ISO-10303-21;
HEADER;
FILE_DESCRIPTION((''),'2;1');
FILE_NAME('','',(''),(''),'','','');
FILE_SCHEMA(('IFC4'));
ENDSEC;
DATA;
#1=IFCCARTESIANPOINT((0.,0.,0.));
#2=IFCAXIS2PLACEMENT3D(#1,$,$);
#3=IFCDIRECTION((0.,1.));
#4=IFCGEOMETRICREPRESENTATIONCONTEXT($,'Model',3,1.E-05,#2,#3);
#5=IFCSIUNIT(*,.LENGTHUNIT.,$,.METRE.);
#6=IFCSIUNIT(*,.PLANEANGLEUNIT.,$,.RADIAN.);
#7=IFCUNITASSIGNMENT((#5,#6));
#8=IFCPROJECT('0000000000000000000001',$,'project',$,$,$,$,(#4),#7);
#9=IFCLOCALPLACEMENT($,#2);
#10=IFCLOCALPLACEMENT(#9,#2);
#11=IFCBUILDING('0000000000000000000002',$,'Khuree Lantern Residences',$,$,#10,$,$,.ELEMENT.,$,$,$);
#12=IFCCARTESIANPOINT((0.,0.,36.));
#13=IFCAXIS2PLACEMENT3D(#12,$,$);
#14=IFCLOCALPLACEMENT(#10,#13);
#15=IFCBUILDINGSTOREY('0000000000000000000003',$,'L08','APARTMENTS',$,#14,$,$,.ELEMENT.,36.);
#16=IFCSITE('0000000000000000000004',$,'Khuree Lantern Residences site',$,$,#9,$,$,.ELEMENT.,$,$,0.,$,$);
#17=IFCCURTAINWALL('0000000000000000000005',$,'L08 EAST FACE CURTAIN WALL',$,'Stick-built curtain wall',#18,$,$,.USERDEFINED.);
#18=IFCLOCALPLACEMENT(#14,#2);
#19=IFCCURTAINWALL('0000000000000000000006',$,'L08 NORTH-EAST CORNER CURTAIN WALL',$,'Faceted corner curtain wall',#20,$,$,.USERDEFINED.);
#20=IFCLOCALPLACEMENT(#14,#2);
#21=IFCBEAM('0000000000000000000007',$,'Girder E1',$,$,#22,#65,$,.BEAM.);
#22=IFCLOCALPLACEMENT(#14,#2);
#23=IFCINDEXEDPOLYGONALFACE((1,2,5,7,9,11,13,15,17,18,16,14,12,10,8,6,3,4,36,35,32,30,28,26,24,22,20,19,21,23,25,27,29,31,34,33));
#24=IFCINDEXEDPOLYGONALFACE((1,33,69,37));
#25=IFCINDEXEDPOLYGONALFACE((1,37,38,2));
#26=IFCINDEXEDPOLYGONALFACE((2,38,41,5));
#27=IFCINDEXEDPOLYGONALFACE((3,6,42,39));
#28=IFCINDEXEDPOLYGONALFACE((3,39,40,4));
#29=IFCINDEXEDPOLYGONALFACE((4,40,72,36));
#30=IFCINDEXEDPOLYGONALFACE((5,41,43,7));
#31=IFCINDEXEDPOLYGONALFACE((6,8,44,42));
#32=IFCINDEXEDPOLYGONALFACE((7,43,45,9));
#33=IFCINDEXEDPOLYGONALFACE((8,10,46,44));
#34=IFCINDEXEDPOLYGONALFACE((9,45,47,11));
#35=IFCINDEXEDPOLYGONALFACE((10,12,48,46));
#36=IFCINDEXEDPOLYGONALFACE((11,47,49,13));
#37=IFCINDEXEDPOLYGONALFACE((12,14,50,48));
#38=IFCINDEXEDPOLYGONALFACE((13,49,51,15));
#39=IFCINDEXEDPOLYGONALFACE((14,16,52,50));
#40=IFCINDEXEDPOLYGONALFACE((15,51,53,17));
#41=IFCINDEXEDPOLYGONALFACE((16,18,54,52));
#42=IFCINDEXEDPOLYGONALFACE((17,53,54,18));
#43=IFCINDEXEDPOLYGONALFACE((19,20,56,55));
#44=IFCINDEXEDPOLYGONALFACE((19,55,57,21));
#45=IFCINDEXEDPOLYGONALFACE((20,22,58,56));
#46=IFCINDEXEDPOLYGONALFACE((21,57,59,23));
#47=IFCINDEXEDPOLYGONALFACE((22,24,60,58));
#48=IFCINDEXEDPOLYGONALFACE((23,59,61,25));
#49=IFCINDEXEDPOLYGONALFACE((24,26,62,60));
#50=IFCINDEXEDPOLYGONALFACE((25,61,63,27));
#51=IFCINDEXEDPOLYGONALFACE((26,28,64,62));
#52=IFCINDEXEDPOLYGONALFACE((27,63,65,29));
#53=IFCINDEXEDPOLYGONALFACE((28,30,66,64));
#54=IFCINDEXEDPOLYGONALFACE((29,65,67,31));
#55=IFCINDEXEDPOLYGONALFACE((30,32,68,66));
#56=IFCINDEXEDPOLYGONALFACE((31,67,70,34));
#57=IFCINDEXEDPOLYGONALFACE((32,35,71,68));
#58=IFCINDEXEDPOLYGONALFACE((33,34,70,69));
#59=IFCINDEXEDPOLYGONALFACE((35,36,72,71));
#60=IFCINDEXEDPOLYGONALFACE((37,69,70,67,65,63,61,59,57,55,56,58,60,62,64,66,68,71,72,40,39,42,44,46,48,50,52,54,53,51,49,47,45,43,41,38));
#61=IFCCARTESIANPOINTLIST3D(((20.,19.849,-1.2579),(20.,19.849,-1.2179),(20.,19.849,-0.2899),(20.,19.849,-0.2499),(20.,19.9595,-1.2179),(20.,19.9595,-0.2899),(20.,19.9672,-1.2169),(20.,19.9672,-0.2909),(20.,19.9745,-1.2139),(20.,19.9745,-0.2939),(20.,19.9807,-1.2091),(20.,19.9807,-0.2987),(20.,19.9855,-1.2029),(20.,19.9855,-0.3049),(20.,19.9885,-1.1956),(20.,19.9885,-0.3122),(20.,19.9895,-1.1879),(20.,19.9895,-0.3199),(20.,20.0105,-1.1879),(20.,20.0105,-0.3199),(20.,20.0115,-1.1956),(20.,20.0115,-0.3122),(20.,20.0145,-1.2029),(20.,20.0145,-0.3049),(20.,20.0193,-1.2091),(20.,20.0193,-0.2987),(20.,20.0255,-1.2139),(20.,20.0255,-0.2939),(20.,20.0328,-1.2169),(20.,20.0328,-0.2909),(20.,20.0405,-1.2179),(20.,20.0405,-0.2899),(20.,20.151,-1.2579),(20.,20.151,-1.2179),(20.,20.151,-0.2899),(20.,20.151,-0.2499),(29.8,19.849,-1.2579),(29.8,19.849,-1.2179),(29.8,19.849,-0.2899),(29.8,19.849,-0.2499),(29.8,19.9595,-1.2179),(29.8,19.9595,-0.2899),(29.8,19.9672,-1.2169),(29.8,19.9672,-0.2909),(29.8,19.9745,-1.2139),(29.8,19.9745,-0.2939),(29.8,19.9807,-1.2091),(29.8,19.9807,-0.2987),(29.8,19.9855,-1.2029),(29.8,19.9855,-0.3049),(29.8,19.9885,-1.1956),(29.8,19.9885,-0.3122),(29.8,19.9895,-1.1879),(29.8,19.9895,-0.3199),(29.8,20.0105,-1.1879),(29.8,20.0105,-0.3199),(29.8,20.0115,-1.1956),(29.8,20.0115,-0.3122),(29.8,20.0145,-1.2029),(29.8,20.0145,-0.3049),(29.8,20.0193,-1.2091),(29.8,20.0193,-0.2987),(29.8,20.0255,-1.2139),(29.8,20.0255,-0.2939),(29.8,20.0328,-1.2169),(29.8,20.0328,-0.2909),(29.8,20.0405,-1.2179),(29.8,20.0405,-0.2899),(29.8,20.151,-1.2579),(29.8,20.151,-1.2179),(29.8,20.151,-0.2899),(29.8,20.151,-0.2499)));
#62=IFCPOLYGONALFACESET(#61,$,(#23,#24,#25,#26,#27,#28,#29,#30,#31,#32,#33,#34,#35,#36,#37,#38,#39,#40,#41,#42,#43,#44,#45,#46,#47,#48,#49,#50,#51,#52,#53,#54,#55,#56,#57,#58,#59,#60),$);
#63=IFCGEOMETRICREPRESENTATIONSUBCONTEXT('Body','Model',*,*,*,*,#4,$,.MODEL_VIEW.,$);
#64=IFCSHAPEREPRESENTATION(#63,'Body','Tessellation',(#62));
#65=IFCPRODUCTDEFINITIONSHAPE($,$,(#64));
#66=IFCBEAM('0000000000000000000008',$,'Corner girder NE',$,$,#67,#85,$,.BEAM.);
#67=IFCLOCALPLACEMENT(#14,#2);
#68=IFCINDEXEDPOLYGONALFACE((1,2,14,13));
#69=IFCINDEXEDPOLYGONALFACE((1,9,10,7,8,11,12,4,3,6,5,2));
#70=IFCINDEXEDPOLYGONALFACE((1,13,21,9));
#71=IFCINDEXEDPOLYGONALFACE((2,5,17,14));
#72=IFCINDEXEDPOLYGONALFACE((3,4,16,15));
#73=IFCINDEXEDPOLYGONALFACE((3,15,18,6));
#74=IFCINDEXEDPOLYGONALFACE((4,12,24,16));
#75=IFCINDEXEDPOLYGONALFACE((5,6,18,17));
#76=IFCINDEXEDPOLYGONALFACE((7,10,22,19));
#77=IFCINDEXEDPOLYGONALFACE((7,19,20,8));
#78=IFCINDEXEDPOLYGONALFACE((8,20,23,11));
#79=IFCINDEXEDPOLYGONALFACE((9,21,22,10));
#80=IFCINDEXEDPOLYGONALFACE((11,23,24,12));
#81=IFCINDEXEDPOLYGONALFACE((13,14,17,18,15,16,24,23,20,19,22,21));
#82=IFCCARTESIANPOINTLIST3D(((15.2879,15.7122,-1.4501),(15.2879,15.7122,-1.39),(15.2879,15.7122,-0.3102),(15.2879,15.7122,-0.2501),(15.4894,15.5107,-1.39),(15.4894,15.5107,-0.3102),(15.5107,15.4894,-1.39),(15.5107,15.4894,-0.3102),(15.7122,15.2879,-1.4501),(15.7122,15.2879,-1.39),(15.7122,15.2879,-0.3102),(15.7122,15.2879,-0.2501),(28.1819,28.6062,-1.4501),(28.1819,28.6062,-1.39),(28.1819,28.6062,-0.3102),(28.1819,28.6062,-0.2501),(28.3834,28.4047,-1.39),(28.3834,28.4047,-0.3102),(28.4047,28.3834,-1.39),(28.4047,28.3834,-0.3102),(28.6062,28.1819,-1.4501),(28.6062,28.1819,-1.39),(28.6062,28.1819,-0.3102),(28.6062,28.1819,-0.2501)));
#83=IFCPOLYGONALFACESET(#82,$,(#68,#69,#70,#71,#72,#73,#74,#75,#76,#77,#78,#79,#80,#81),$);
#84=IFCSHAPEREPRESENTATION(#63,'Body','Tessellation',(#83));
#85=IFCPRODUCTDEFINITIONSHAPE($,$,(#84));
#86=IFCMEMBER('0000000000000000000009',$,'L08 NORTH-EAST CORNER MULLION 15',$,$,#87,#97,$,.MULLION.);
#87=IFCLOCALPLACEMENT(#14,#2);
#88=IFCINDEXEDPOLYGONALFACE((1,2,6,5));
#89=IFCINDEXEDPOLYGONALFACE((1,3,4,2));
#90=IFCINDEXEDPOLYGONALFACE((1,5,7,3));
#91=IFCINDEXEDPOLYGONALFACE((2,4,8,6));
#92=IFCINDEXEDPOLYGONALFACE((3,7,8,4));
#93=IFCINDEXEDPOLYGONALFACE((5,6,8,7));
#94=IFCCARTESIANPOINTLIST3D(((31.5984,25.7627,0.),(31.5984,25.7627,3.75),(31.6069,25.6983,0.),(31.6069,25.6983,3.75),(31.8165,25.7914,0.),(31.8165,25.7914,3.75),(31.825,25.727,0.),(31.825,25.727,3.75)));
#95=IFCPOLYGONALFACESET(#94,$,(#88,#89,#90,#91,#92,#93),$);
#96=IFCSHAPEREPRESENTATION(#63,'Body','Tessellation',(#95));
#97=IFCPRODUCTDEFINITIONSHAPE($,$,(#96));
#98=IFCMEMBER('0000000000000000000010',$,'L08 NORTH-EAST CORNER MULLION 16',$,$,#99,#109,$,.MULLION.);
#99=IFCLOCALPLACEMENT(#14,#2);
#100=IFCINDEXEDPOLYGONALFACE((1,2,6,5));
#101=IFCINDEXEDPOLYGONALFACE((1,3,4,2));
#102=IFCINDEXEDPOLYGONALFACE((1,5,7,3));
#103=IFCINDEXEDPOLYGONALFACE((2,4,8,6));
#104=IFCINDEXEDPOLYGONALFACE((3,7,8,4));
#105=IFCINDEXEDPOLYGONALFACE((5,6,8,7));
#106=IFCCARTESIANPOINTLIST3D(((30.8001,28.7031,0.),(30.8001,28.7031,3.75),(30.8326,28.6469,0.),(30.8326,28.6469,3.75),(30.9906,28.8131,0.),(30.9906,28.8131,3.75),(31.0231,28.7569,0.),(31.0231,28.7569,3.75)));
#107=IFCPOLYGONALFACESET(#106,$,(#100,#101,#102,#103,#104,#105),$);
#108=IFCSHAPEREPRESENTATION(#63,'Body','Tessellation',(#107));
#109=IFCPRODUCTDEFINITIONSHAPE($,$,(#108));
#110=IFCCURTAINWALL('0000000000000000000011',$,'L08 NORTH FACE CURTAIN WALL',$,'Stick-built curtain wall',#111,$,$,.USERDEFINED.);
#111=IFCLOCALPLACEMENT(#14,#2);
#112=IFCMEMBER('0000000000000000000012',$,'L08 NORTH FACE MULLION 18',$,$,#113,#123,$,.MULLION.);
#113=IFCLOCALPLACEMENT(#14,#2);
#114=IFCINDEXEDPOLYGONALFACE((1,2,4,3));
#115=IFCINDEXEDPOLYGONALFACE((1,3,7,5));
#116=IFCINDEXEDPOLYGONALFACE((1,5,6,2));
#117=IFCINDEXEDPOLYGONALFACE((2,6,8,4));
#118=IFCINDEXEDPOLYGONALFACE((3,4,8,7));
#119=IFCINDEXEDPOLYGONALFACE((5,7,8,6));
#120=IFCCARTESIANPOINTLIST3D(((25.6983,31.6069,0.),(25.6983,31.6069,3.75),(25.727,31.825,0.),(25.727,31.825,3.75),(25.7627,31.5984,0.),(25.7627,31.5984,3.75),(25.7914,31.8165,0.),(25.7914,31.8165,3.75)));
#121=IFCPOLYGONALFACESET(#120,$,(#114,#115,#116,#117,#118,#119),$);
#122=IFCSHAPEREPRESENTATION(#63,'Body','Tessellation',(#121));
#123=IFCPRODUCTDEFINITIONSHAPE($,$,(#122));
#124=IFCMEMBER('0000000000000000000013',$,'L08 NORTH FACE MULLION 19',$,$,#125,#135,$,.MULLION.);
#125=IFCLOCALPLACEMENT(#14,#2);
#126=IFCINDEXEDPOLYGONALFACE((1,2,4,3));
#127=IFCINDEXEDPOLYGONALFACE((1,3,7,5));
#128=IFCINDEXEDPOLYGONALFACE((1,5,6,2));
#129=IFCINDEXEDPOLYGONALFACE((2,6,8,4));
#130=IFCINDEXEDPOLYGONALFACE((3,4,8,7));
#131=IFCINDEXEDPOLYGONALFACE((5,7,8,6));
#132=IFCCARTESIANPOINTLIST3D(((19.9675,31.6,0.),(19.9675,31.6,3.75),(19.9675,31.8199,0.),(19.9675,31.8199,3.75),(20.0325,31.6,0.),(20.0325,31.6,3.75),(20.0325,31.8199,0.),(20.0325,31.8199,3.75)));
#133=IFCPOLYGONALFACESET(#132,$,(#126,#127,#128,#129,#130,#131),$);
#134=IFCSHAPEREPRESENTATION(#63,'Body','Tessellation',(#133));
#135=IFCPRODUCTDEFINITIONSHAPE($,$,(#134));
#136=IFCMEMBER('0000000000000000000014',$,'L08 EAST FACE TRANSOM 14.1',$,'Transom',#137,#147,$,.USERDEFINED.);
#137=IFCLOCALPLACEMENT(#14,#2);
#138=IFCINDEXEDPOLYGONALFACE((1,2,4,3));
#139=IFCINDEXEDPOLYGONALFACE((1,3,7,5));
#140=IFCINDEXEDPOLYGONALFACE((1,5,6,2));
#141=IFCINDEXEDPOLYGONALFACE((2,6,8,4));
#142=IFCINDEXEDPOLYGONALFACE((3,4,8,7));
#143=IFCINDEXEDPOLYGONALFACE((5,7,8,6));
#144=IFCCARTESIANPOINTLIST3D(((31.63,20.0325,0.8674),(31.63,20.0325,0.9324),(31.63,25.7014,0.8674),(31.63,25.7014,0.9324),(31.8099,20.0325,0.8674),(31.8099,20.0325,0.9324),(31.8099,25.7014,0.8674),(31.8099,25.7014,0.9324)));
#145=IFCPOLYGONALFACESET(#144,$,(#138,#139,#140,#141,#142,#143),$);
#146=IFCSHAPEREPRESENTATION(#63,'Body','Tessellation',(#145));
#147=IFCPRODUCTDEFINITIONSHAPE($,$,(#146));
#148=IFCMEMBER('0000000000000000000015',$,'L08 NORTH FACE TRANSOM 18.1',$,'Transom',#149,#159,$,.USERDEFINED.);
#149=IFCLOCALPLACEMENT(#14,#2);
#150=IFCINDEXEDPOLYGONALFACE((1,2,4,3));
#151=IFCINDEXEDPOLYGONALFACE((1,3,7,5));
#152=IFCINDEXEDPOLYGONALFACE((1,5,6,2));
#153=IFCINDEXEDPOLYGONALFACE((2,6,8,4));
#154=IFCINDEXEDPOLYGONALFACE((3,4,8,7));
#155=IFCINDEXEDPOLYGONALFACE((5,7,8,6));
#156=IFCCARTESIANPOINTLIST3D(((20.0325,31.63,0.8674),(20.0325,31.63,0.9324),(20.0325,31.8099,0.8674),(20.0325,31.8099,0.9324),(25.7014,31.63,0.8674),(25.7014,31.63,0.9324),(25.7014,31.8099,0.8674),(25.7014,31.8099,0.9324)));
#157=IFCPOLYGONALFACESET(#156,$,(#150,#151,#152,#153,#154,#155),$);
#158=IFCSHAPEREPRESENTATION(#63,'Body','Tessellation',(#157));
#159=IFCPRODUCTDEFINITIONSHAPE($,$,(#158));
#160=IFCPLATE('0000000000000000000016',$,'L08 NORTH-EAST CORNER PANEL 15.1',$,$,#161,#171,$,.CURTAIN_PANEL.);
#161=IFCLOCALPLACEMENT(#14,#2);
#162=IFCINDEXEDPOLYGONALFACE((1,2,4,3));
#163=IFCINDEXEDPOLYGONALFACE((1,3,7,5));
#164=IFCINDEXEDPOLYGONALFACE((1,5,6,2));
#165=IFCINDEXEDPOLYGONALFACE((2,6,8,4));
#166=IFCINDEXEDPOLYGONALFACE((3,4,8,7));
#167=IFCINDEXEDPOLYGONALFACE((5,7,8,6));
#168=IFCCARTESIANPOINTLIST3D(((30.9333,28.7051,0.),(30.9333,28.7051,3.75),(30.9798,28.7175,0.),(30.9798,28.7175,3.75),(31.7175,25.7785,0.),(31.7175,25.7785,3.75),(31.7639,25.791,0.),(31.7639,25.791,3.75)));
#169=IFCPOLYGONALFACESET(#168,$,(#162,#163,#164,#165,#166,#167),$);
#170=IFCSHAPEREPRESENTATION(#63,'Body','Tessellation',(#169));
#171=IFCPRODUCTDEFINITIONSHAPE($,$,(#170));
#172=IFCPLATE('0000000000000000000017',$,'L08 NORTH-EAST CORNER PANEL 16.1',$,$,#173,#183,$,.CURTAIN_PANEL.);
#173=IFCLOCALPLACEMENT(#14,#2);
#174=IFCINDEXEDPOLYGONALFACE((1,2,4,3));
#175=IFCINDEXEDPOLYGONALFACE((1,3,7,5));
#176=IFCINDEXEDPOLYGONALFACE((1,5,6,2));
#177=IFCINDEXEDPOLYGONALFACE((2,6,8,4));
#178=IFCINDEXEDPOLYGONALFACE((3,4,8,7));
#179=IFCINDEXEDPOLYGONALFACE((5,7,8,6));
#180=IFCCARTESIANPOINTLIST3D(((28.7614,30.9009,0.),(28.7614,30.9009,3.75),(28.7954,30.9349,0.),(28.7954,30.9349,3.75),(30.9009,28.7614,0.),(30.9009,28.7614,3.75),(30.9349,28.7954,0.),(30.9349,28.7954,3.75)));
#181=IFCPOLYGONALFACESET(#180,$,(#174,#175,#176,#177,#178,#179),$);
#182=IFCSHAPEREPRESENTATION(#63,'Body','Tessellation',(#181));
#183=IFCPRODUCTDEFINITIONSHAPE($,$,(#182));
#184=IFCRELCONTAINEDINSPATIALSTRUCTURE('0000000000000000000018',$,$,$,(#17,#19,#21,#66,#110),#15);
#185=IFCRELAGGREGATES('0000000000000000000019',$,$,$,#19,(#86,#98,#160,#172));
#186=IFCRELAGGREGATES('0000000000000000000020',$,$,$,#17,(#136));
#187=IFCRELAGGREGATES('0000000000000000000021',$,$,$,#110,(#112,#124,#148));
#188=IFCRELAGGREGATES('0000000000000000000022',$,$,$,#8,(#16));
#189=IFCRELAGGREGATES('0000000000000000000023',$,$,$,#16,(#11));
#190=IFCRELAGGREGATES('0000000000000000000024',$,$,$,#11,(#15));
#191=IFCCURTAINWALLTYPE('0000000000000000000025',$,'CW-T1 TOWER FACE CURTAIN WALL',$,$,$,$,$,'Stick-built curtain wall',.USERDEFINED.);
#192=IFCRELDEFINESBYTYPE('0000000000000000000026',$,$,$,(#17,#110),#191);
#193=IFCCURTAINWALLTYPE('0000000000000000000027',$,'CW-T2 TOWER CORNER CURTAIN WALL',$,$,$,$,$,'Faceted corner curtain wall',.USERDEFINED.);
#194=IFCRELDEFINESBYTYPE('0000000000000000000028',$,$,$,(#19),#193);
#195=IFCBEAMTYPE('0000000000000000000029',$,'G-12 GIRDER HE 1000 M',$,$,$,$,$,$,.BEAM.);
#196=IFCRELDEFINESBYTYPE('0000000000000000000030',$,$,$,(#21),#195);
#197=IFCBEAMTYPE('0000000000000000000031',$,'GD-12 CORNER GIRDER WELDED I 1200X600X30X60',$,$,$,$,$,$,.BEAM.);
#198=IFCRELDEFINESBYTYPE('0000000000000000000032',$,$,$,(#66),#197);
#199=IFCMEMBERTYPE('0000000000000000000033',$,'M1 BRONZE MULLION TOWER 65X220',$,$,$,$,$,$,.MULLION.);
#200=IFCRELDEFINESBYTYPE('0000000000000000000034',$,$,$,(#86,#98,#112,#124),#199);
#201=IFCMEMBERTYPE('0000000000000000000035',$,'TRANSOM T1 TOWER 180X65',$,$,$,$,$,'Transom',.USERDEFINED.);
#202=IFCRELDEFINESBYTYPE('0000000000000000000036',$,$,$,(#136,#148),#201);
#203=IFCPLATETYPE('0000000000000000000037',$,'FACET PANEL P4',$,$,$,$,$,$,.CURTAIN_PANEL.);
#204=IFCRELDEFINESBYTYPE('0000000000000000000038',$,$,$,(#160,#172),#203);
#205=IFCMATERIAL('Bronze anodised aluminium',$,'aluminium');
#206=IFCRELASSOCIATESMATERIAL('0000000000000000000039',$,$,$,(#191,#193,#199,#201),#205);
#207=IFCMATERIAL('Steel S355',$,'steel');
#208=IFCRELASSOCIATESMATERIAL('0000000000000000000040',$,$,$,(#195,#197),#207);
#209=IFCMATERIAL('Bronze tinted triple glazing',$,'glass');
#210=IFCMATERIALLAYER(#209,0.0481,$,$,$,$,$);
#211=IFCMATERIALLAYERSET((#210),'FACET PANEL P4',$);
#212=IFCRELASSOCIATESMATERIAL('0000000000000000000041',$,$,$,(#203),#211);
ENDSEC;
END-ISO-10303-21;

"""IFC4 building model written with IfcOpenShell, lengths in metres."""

from ifc_helpers import new_model, si_unit, direction, frame, origin, origin_2d, place, context, subcontext, project, spatial, rectangle, i_section, extrude, material, layer, layer_set, material_profile, profile_set, type_object, element, aggregate, save


model = new_model("IFC4")

# Units and contexts
model_context = context("Model", 3, precision=1e-05, world=origin(), true_north=direction((0.0, 1.0)))
body_context = subcontext(model_context, "Body", "Model", "MODEL_VIEW")
ifc_project = project(units=[si_unit("LENGTHUNIT", "METRE"), si_unit("PLANEANGLEUNIT", "RADIAN")], contexts=[model_context])

# Site, building, storey
site_placement = place(None, origin())
site = spatial("IfcSite", under=ifc_project, at=site_placement, Name="Khuree Lantern Residences site", CompositionType="ELEMENT", RefElevation=0.0)
building_placement = place(site_placement, origin())
building = spatial("IfcBuilding", under=site, at=building_placement, Name="Khuree Lantern Residences", CompositionType="ELEMENT")
storey_placement = place(building_placement, frame((0.0, 0.0, 36.0)))
storey = spatial("IfcBuildingStorey", under=building, at=storey_placement, Name="L08", Description="APARTMENTS", CompositionType="ELEMENT", Elevation=36.0)

# Shared definitions
ifc_material_1 = material(Name="Steel S355", Category="steel")

# Curtain walls
ifc_material_2 = material(Name="Bronze anodised aluminium", Category="aluminium")
curtain_wall_type_1 = type_object("IfcCurtainWallType", Name="CW-T1 TOWER FACE CURTAIN WALL", ElementType="Stick-built curtain wall", PredefinedType="USERDEFINED", material=ifc_material_2)
curtain_wall_1_placement = place(storey_placement, origin())
curtain_wall_1 = element("IfcCurtainWall", 1, at=curtain_wall_1_placement, inside=storey, type_object=curtain_wall_type_1, Name="L08 EAST FACE CURTAIN WALL", ObjectType="Stick-built curtain wall", PredefinedType="USERDEFINED")
curtain_wall_type_2 = type_object("IfcCurtainWallType", Name="CW-T2 TOWER CORNER CURTAIN WALL", ElementType="Faceted corner curtain wall", PredefinedType="USERDEFINED", material=ifc_material_2)
curtain_wall_2_placement = place(storey_placement, origin())
curtain_wall_2 = element("IfcCurtainWall", 2, at=curtain_wall_2_placement, inside=storey, type_object=curtain_wall_type_2, Name="L08 NORTH-EAST CORNER CURTAIN WALL", ObjectType="Faceted corner curtain wall", PredefinedType="USERDEFINED")

# Beams
ifc_material_profile_1 = material_profile(ifc_material_1, i_section(OverallWidth=0.302, OverallDepth=1.0081, WebThickness=0.021, FlangeThickness=0.04, FilletRadius=0.03, at=origin_2d()), Name="HE 1000 M")
ifc_profile_set_1 = profile_set([ifc_material_profile_1], Name="Steel S355")
beam_type_1 = type_object("IfcBeamType", Name="G-12 GIRDER HE 1000 M", PredefinedType="BEAM", material=ifc_profile_set_1)
for number, where, z_axis, x_axis, name in (
    (3, (29.8, 20.0, -0.7539), (-1.0, 0.0, 0.0), (0.0, -1.0, 0.0), "Girder E1"),
):
    element("IfcBeam", number, at=place(storey_placement, frame(where, z_axis=z_axis, x_axis=x_axis)), inside=storey, type_object=beam_type_1, Name=name, PredefinedType="BEAM", context=body_context, shape_type="SweptSolid", body=[
        extrude(i_section(OverallWidth=0.302, OverallDepth=1.0081, WebThickness=0.021, FlangeThickness=0.04, FilletRadius=0.03, at=origin_2d()), origin(), (0.0, 0.0, 1.0), 9.8),
    ])
ifc_material_profile_2 = material_profile(ifc_material_1, i_section(OverallWidth=0.6001, OverallDepth=1.2, WebThickness=0.03, FlangeThickness=0.0601, at=origin_2d()), Name="WELDED I 1200X600X30X60")
ifc_profile_set_2 = profile_set([ifc_material_profile_2], Name="Steel S355")
beam_type_2 = type_object("IfcBeamType", Name="GD-12 CORNER GIRDER WELDED I 1200X600X30X60", PredefinedType="BEAM", material=ifc_profile_set_2)
beam_1_placement = place(storey_placement, frame((28.394, 28.394, -0.8501), z_axis=(-0.707107, -0.707107, 0.0), x_axis=(0.707107, -0.707107, 0.0)))
element("IfcBeam", 4, at=beam_1_placement, inside=storey, type_object=beam_type_2, Name="Corner girder NE", PredefinedType="BEAM", context=body_context, shape_type="SweptSolid", body=[
    extrude(i_section(OverallWidth=0.6001, OverallDepth=1.2, WebThickness=0.03, FlangeThickness=0.0601, at=origin_2d()), origin(), (0.0, 0.0, 1.0), 18.2349),
])

# Members
ifc_material_profile_3 = material_profile(ifc_material_2, rectangle(XDim=0.0649, YDim=0.22, at=origin_2d()), Name="M1 65X220")
ifc_profile_set_3 = profile_set([ifc_material_profile_3], Name="Bronze anodised aluminium")
member_type_1 = type_object("IfcMemberType", Name="M1 BRONZE MULLION TOWER 65X220", PredefinedType="MULLION", material=ifc_profile_set_3)
member_1_placement = place(storey_placement, frame((31.7117, 25.7449, 0.0), z_axis=(0.0, 0.0, 1.0), x_axis=(-0.130526, 0.991445, 0.0)))
member_1 = element("IfcMember", 5, at=member_1_placement, type_object=member_type_1, Name="L08 NORTH-EAST CORNER MULLION 15", PredefinedType="MULLION", context=body_context, shape_type="SweptSolid", body=[
    extrude(rectangle(XDim=0.0649, YDim=0.22, at=origin_2d()), origin(), (0.0, 0.0, 1.0), 3.75),
])
member_2_placement = place(storey_placement, frame((30.9116, 28.73, 0.0), z_axis=(0.0, 0.0, 1.0), x_axis=(-0.5, 0.866025, 0.0)))
member_2 = element("IfcMember", 6, at=member_2_placement, type_object=member_type_1, Name="L08 NORTH-EAST CORNER MULLION 16", PredefinedType="MULLION", context=body_context, shape_type="SweptSolid", body=[
    extrude(rectangle(XDim=0.0649, YDim=0.22, at=origin_2d()), origin(), (0.0, 0.0, 1.0), 3.75),
])

# Curtain wall, members
curtain_wall_3_placement = place(storey_placement, origin())
curtain_wall_3 = element("IfcCurtainWall", 7, at=curtain_wall_3_placement, inside=storey, type_object=curtain_wall_type_1, Name="L08 NORTH FACE CURTAIN WALL", ObjectType="Stick-built curtain wall", PredefinedType="USERDEFINED")
member_3_placement = place(storey_placement, frame((25.7449, 31.7117, 0.0), z_axis=(0.0, 0.0, 1.0), x_axis=(-0.991445, 0.130526, 0.0)))
member_3 = element("IfcMember", 8, at=member_3_placement, type_object=member_type_1, Name="L08 NORTH FACE MULLION 18", PredefinedType="MULLION", context=body_context, shape_type="SweptSolid", body=[
    extrude(rectangle(XDim=0.0649, YDim=0.22, at=origin_2d()), origin(), (0.0, 0.0, 1.0), 3.75),
])
member_4_placement = place(storey_placement, frame((20.0, 31.71, 0.0), z_axis=(0.0, 0.0, 1.0), x_axis=(-1.0, 0.0, 0.0)))
member_4 = element("IfcMember", 9, at=member_4_placement, type_object=member_type_1, Name="L08 NORTH FACE MULLION 19", PredefinedType="MULLION", context=body_context, shape_type="SweptSolid", body=[
    extrude(rectangle(XDim=0.0649, YDim=0.22, at=origin_2d()), origin(), (0.0, 0.0, 1.0), 3.75),
])

# Members
ifc_material_profile_4 = material_profile(ifc_material_2, rectangle(XDim=0.1799, YDim=0.0649, at=origin_2d()), Name="T1 180X65")
ifc_profile_set_4 = profile_set([ifc_material_profile_4], Name="Bronze anodised aluminium")
member_type_2 = type_object("IfcMemberType", Name="TRANSOM T1 TOWER 180X65", ElementType="Transom", PredefinedType="USERDEFINED", material=ifc_profile_set_4)
member_5_placement = place(storey_placement, frame((31.72, 20.0325, 0.8999), z_axis=(0.0, 1.0, 0.0), x_axis=(-1.0, 0.0, 0.0)))
member_5 = element("IfcMember", 10, at=member_5_placement, type_object=member_type_2, Name="L08 EAST FACE TRANSOM 14.1", ObjectType="Transom", PredefinedType="USERDEFINED", context=body_context, shape_type="SweptSolid", body=[
    extrude(rectangle(XDim=0.1799, YDim=0.0649, at=origin_2d()), origin(), (0.0, 0.0, 1.0), 5.6689),
])
member_6_placement = place(storey_placement, frame((25.7014, 31.72, 0.8999), z_axis=(-1.0, 0.0, 0.0), x_axis=(0.0, -1.0, 0.0)))
member_6 = element("IfcMember", 11, at=member_6_placement, type_object=member_type_2, Name="L08 NORTH FACE TRANSOM 18.1", ObjectType="Transom", PredefinedType="USERDEFINED", context=body_context, shape_type="SweptSolid", body=[
    extrude(rectangle(XDim=0.1799, YDim=0.0649, at=origin_2d()), origin(), (0.0, 0.0, 1.0), 5.6689),
])

# Plates
ifc_material_3 = material(Name="Bronze tinted triple glazing", Category="glass")
ifc_layer_1 = layer(ifc_material_3, 0.0481)
ifc_layer_set_1 = layer_set([ifc_layer_1], Name="FACET PANEL P4")
plate_type_1 = type_object("IfcPlateType", Name="FACET PANEL P4", PredefinedType="CURTAIN_PANEL", material=ifc_layer_set_1)
plate_1_placement = place(storey_placement, frame((31.3486, 27.248, 0.0), z_axis=(0.0, 0.0, 1.0), x_axis=(-0.258819, 0.965926, 0.0)))
plate_1 = element("IfcPlate", 12, at=plate_1_placement, type_object=plate_type_1, Name="L08 NORTH-EAST CORNER PANEL 15.1", PredefinedType="CURTAIN_PANEL", context=body_context, shape_type="SweptSolid", body=[
    extrude(rectangle(XDim=3.0298, YDim=0.0481, at=origin_2d()), origin(), (0.0, 0.0, 1.0), 3.75),
])
plate_2_placement = place(storey_placement, frame((29.8481, 29.8481, 0.0), z_axis=(0.0, 0.0, 1.0), x_axis=(-0.707107, 0.707107, 0.0)))
plate_2 = element("IfcPlate", 13, at=plate_2_placement, type_object=plate_type_1, Name="L08 NORTH-EAST CORNER PANEL 16.1", PredefinedType="CURTAIN_PANEL", context=body_context, shape_type="SweptSolid", body=[
    extrude(rectangle(XDim=3.0256, YDim=0.0481, at=origin_2d()), origin(), (0.0, 0.0, 1.0), 3.75),
])
aggregate(curtain_wall_2, [member_1, member_2, plate_1, plate_2])
aggregate(curtain_wall_1, [member_5])
aggregate(curtain_wall_3, [member_3, member_4, member_6])

save(model, "model.ifc")
